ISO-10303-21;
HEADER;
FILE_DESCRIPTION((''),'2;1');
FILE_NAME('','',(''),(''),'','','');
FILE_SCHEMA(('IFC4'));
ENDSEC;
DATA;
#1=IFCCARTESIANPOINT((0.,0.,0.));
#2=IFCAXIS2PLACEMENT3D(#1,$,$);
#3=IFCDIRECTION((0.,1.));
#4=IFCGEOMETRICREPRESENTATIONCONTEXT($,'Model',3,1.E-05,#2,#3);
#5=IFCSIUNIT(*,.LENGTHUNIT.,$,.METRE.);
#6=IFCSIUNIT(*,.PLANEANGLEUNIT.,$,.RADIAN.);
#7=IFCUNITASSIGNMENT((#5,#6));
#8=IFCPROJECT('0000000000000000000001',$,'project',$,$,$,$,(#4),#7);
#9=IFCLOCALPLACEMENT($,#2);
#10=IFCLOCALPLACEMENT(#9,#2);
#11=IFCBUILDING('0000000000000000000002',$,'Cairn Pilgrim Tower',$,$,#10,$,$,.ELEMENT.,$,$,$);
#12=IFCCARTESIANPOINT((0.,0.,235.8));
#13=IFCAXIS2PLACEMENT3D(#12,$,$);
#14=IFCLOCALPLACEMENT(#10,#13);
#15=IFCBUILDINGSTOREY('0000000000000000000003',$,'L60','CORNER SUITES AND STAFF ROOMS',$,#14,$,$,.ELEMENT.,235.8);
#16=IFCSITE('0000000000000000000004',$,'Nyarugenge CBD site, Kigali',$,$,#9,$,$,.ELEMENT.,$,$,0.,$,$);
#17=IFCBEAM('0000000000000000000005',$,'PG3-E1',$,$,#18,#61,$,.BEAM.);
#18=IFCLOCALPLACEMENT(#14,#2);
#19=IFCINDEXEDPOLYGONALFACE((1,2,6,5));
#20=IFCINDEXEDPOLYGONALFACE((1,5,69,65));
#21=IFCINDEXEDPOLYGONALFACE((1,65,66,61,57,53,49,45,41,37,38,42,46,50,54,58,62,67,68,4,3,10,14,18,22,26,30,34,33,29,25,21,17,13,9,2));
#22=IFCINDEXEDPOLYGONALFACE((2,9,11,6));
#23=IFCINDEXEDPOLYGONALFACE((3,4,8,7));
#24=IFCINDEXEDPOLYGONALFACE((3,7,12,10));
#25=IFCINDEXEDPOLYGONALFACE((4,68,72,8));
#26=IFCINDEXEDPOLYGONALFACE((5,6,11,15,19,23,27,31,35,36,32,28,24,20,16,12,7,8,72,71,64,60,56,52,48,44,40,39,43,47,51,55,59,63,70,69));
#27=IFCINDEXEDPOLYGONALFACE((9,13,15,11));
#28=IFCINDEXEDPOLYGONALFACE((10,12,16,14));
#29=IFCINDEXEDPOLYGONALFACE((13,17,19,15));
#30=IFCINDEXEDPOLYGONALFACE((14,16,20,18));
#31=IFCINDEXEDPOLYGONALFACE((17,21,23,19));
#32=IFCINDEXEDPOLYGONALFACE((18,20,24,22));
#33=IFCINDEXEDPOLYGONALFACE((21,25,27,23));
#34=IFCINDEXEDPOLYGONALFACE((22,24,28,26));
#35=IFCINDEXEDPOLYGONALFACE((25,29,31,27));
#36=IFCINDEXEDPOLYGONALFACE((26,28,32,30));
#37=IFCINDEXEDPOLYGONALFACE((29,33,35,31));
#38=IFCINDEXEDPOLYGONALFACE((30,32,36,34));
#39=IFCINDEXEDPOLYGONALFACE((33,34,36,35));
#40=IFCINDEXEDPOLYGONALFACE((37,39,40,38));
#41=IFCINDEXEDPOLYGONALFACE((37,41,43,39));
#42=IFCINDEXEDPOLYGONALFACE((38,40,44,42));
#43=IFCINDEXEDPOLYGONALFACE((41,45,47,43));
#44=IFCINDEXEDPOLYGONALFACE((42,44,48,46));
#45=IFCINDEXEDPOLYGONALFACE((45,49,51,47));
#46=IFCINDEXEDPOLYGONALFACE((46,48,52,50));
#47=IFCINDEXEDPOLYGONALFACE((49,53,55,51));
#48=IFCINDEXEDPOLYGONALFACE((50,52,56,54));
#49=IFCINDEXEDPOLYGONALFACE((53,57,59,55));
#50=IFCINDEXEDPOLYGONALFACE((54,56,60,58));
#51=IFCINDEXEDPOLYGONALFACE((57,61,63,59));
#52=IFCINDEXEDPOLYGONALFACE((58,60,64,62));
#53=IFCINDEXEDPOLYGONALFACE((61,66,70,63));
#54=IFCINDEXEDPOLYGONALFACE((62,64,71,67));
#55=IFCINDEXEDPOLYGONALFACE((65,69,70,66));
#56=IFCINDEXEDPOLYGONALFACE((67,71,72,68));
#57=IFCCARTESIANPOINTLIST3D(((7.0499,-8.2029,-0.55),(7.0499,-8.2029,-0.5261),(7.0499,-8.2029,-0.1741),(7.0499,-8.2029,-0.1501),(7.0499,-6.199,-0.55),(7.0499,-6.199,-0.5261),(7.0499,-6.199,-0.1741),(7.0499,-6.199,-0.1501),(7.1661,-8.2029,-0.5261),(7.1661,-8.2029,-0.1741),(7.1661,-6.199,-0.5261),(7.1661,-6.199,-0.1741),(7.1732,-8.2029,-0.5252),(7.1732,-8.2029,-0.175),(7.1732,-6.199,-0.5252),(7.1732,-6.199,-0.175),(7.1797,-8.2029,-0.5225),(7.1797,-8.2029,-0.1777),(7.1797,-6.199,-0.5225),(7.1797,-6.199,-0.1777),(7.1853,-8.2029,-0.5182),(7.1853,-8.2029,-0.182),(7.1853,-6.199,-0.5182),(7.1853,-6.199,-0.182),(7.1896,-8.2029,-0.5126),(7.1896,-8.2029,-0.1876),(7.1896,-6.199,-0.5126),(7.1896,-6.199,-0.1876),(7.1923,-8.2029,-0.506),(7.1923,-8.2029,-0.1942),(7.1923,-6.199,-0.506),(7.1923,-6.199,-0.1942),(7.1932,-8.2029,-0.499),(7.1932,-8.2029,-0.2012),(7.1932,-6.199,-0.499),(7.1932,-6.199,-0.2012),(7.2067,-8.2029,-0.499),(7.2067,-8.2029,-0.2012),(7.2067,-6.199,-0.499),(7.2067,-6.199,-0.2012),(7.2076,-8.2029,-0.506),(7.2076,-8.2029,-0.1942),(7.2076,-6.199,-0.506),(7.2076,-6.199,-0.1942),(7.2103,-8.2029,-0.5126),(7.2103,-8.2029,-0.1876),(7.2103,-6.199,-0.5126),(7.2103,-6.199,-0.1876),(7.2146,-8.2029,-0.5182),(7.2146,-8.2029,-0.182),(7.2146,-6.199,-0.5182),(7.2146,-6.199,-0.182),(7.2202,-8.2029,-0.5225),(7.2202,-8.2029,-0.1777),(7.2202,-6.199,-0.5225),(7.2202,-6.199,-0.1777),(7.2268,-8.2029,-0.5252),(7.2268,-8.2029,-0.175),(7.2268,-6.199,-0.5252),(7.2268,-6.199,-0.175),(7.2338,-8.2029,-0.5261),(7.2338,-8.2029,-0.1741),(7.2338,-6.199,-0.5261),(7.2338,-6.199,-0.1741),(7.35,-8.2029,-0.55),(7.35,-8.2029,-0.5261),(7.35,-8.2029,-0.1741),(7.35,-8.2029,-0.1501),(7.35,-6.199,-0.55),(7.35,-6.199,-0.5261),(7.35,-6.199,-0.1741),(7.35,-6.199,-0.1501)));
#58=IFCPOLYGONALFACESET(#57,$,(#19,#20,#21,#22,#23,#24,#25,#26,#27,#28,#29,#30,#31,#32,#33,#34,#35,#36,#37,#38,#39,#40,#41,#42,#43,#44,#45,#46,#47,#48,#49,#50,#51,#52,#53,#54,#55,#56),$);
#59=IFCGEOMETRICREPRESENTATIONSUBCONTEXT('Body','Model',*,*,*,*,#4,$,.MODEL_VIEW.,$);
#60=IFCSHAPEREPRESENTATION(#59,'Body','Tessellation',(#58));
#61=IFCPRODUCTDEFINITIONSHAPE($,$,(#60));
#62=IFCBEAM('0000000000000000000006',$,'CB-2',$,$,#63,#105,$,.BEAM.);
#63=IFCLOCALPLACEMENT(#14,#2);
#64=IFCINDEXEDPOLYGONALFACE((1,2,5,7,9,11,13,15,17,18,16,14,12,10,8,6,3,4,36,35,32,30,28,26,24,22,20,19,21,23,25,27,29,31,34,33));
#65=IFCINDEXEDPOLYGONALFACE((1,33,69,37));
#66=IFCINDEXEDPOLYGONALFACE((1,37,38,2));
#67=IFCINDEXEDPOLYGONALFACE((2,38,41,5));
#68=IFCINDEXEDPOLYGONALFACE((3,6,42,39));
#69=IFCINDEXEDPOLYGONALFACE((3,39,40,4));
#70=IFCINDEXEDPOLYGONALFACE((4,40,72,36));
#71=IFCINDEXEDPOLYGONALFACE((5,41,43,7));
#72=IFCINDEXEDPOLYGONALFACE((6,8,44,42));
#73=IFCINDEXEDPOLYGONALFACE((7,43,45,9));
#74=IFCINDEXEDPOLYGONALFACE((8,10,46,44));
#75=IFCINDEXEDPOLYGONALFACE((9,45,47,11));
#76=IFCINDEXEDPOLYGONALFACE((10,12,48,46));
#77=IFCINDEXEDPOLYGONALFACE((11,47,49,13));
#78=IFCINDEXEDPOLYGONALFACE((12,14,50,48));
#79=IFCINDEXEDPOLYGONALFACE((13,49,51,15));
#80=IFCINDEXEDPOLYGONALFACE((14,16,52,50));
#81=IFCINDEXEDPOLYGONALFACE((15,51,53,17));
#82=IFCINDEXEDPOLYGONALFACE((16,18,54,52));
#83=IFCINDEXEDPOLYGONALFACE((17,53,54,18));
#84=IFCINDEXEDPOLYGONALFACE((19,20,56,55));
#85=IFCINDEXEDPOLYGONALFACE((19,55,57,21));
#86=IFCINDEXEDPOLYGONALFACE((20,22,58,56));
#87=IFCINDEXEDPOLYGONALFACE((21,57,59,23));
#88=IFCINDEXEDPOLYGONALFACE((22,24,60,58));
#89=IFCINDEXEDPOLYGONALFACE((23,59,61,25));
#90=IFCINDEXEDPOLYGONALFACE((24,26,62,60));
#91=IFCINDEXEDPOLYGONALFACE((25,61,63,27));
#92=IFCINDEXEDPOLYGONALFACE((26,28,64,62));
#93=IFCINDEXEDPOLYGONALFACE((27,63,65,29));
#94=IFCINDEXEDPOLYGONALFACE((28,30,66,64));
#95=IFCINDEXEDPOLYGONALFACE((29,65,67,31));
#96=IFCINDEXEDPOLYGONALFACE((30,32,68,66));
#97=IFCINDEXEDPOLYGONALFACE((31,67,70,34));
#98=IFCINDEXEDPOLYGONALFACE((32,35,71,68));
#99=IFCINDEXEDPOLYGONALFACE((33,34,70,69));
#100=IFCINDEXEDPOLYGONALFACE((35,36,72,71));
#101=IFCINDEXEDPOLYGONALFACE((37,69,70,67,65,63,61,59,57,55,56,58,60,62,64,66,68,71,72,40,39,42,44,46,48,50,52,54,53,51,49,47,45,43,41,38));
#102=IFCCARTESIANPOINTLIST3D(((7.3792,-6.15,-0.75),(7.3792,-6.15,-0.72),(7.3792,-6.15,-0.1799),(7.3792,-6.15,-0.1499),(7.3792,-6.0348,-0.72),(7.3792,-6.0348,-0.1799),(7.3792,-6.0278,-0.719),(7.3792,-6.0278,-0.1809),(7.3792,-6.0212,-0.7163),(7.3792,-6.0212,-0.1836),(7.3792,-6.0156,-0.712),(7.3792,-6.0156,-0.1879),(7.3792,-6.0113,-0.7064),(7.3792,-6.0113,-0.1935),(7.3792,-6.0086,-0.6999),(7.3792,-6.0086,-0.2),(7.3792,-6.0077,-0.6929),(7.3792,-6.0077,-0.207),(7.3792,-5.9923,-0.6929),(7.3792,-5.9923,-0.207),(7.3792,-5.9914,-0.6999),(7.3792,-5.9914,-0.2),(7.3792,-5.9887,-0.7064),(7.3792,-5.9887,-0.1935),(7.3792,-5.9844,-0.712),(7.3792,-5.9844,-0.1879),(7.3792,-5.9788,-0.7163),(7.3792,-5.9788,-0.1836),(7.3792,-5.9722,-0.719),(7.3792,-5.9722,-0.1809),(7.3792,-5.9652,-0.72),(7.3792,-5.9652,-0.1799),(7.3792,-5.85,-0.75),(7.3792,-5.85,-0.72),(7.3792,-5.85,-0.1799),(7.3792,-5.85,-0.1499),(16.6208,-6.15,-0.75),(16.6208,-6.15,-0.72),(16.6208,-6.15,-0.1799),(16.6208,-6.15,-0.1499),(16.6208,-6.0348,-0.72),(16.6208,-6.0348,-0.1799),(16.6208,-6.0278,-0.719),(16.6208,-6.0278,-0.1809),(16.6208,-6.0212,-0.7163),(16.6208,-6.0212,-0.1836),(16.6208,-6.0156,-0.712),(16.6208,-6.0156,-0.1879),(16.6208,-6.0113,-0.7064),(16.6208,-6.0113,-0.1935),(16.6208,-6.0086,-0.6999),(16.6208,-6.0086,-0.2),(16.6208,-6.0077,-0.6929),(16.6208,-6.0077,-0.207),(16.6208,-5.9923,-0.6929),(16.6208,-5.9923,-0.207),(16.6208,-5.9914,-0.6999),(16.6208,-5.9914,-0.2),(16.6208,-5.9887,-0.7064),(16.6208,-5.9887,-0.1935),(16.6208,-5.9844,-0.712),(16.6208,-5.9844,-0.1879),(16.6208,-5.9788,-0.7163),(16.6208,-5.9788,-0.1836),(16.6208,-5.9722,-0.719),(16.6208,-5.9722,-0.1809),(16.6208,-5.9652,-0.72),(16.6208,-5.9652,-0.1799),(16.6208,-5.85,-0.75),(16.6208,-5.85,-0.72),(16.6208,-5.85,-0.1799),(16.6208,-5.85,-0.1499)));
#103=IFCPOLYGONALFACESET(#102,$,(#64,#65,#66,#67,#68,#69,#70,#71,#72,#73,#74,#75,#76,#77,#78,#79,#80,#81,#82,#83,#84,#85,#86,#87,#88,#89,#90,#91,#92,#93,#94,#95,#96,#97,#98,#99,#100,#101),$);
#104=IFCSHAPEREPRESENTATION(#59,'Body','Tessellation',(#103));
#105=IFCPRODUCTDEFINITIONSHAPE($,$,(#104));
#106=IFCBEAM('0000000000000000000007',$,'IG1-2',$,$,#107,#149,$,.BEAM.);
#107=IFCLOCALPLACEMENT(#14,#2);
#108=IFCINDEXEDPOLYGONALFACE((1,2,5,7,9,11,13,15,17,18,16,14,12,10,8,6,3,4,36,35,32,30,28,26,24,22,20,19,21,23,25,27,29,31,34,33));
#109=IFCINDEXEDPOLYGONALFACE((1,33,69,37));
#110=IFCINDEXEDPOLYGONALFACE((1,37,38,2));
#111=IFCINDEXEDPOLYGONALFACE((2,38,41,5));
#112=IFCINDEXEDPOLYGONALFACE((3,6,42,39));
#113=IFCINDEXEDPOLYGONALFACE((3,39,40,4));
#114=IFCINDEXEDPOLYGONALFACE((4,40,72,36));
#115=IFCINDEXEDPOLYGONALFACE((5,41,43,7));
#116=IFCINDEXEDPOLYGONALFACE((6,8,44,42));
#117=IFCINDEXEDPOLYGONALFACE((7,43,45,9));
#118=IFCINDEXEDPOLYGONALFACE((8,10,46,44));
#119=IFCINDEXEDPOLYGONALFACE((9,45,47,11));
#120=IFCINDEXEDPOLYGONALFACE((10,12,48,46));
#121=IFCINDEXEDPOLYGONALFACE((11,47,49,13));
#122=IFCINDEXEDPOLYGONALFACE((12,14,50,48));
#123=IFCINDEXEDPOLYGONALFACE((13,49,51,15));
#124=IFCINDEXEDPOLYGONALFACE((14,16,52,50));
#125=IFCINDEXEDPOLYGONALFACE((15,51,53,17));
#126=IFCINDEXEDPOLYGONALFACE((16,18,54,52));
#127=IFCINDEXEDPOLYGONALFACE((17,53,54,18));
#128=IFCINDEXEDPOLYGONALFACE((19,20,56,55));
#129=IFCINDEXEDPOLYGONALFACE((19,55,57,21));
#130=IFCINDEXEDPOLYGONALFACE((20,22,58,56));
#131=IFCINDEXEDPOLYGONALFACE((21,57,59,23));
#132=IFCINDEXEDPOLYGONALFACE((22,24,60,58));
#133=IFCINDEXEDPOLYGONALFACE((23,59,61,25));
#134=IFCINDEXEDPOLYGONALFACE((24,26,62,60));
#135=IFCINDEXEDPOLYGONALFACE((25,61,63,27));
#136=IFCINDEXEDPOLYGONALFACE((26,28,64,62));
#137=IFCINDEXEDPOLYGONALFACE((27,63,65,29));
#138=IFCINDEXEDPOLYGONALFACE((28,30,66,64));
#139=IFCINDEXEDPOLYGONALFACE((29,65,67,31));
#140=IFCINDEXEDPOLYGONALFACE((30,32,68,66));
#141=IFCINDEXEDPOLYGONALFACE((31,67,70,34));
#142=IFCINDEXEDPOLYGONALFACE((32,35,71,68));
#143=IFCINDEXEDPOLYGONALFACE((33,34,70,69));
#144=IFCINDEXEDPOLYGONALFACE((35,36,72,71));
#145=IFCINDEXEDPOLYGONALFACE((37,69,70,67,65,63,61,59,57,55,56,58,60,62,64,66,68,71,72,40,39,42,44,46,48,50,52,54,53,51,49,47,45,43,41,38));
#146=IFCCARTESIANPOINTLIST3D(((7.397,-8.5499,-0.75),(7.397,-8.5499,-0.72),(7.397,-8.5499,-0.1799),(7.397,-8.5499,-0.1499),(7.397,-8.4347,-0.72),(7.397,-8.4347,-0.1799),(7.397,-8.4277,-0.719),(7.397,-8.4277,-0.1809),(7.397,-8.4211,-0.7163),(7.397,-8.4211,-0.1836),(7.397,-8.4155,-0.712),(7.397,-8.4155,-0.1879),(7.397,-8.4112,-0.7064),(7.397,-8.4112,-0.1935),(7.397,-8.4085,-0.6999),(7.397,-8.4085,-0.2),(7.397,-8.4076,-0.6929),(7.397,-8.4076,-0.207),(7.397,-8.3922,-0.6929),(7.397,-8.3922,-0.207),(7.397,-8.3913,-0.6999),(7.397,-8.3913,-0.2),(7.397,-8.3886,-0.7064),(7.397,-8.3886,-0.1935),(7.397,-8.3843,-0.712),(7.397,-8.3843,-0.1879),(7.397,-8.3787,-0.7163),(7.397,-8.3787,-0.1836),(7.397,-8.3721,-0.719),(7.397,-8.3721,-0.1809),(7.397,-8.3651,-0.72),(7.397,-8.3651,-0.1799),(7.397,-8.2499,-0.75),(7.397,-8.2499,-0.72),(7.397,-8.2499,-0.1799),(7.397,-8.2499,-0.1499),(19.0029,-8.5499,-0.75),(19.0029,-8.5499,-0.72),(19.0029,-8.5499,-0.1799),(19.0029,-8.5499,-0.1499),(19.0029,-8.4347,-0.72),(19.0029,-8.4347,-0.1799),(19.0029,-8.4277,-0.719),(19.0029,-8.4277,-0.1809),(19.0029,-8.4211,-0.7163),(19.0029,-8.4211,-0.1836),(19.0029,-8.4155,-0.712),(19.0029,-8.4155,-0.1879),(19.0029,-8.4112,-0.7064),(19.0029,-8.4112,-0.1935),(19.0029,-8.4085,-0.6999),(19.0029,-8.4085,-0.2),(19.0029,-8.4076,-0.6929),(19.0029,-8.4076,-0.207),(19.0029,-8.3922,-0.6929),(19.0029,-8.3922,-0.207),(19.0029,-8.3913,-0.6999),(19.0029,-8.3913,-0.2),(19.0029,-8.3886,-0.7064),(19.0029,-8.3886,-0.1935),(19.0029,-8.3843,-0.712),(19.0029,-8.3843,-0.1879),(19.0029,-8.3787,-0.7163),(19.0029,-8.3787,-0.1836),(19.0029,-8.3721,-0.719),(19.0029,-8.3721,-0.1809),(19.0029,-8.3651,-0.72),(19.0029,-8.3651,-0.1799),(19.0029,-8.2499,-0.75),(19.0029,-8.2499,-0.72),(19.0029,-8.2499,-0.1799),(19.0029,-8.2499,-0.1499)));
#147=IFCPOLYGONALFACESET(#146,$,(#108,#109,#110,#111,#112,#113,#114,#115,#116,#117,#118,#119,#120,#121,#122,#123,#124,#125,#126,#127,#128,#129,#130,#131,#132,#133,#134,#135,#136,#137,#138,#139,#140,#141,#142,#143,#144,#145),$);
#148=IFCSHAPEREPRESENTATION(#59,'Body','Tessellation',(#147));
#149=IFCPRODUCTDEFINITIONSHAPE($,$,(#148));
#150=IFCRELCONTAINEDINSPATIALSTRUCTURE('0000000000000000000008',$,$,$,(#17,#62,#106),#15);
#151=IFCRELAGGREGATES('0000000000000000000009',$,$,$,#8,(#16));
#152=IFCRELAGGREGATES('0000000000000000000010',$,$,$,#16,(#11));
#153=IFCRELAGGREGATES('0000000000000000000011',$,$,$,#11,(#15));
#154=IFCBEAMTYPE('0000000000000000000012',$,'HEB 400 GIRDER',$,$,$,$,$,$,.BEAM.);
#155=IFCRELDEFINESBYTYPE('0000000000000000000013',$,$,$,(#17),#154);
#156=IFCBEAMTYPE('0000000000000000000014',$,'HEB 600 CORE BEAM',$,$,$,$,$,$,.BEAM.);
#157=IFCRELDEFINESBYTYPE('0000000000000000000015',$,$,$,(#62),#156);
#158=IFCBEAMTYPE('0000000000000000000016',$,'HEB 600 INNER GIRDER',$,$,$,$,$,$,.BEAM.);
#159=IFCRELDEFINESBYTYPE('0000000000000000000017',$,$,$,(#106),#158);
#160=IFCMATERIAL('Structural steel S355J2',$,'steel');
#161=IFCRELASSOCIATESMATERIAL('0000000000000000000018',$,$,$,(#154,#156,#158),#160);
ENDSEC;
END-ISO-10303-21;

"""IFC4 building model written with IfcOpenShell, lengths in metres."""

from ifc_helpers import new_model, si_unit, direction, frame, origin, origin_2d, place, context, subcontext, project, spatial, i_section, extrude, material, material_profile, profile_set, type_object, element, save


model = new_model("IFC4")

# Units and contexts
model_context = context("Model", 3, precision=1e-05, world=origin(), true_north=direction((0.0, 1.0)))
body_context = subcontext(model_context, "Body", "Model", "MODEL_VIEW")
ifc_project = project(units=[si_unit("LENGTHUNIT", "METRE"), si_unit("PLANEANGLEUNIT", "RADIAN")], contexts=[model_context])

# Site, building, storey
site_placement = place(None, origin())
site = spatial("IfcSite", under=ifc_project, at=site_placement, Name="Nyarugenge CBD site, Kigali", CompositionType="ELEMENT", RefElevation=0.0)
building_placement = place(site_placement, origin())
building = spatial("IfcBuilding", under=site, at=building_placement, Name="Cairn Pilgrim Tower", CompositionType="ELEMENT")
storey_placement = place(building_placement, frame((0.0, 0.0, 235.8)))
storey = spatial("IfcBuildingStorey", under=building, at=storey_placement, Name="L60", Description="CORNER SUITES AND STAFF ROOMS", CompositionType="ELEMENT", Elevation=235.8)

# Shared definitions
ifc_material_1 = material(Name="Structural steel S355J2", Category="steel")

# Beams
ifc_material_profile_1 = material_profile(ifc_material_1, i_section(OverallWidth=0.3, OverallDepth=0.3999, WebThickness=0.0134, FlangeThickness=0.0239, FilletRadius=0.0271, at=origin_2d()), Name="HEB 400")
ifc_profile_set_1 = profile_set([ifc_material_profile_1], Name="Structural steel S355J2")
beam_type_1 = type_object("IfcBeamType", Name="HEB 400 GIRDER", PredefinedType="BEAM", material=ifc_profile_set_1)
beam_1_placement = place(storey_placement, frame((7.2, -8.2029, -0.3501), z_axis=(0.0, 1.0, 0.0), x_axis=(-1.0, 0.0, 0.0)))
element("IfcBeam", 1, at=beam_1_placement, inside=storey, type_object=beam_type_1, Name="PG3-E1", PredefinedType="BEAM", context=body_context, shape_type="SweptSolid", body=[
    extrude(i_section(OverallWidth=0.3, OverallDepth=0.3999, WebThickness=0.0134, FlangeThickness=0.0239, FilletRadius=0.0271, at=origin_2d()), origin(), (0.0, 0.0, 1.0), 2.0039),
])
ifc_material_profile_2 = material_profile(ifc_material_1, i_section(OverallWidth=0.3, OverallDepth=0.6001, WebThickness=0.0154, FlangeThickness=0.03, FilletRadius=0.0271, at=origin_2d()), Name="HEB 600")
ifc_profile_set_2 = profile_set([ifc_material_profile_2], Name="Structural steel S355J2")
beam_type_2 = type_object("IfcBeamType", Name="HEB 600 CORE BEAM", PredefinedType="BEAM", material=ifc_profile_set_2)
beam_2_placement = place(storey_placement, frame((7.3792, -6.0, -0.45), z_axis=(1.0, 0.0, 0.0), x_axis=(0.0, 1.0, 0.0)))
element("IfcBeam", 2, at=beam_2_placement, inside=storey, type_object=beam_type_2, Name="CB-2", PredefinedType="BEAM", context=body_context, shape_type="SweptSolid", body=[
    extrude(i_section(OverallWidth=0.3, OverallDepth=0.6001, WebThickness=0.0154, FlangeThickness=0.03, FilletRadius=0.0271, at=origin_2d()), origin(), (0.0, 0.0, 1.0), 9.2417),
])
ifc_material_profile_3 = material_profile(ifc_material_1, i_section(OverallWidth=0.3, OverallDepth=0.6001, WebThickness=0.0154, FlangeThickness=0.03, FilletRadius=0.0271, at=origin_2d()), Name="HEB 600")
ifc_profile_set_3 = profile_set([ifc_material_profile_3], Name="Structural steel S355J2")
beam_type_3 = type_object("IfcBeamType", Name="HEB 600 INNER GIRDER", PredefinedType="BEAM", material=ifc_profile_set_3)
beam_3_placement = place(storey_placement, frame((7.397, -8.3999, -0.45), z_axis=(1.0, 0.0, 0.0), x_axis=(0.0, 1.0, 0.0)))
element("IfcBeam", 3, at=beam_3_placement, inside=storey, type_object=beam_type_3, Name="IG1-2", PredefinedType="BEAM", context=body_context, shape_type="SweptSolid", body=[
    extrude(i_section(OverallWidth=0.3, OverallDepth=0.6001, WebThickness=0.0154, FlangeThickness=0.03, FilletRadius=0.0271, at=origin_2d()), origin(), (0.0, 0.0, 1.0), 11.606),
])

save(model, "model.ifc")
